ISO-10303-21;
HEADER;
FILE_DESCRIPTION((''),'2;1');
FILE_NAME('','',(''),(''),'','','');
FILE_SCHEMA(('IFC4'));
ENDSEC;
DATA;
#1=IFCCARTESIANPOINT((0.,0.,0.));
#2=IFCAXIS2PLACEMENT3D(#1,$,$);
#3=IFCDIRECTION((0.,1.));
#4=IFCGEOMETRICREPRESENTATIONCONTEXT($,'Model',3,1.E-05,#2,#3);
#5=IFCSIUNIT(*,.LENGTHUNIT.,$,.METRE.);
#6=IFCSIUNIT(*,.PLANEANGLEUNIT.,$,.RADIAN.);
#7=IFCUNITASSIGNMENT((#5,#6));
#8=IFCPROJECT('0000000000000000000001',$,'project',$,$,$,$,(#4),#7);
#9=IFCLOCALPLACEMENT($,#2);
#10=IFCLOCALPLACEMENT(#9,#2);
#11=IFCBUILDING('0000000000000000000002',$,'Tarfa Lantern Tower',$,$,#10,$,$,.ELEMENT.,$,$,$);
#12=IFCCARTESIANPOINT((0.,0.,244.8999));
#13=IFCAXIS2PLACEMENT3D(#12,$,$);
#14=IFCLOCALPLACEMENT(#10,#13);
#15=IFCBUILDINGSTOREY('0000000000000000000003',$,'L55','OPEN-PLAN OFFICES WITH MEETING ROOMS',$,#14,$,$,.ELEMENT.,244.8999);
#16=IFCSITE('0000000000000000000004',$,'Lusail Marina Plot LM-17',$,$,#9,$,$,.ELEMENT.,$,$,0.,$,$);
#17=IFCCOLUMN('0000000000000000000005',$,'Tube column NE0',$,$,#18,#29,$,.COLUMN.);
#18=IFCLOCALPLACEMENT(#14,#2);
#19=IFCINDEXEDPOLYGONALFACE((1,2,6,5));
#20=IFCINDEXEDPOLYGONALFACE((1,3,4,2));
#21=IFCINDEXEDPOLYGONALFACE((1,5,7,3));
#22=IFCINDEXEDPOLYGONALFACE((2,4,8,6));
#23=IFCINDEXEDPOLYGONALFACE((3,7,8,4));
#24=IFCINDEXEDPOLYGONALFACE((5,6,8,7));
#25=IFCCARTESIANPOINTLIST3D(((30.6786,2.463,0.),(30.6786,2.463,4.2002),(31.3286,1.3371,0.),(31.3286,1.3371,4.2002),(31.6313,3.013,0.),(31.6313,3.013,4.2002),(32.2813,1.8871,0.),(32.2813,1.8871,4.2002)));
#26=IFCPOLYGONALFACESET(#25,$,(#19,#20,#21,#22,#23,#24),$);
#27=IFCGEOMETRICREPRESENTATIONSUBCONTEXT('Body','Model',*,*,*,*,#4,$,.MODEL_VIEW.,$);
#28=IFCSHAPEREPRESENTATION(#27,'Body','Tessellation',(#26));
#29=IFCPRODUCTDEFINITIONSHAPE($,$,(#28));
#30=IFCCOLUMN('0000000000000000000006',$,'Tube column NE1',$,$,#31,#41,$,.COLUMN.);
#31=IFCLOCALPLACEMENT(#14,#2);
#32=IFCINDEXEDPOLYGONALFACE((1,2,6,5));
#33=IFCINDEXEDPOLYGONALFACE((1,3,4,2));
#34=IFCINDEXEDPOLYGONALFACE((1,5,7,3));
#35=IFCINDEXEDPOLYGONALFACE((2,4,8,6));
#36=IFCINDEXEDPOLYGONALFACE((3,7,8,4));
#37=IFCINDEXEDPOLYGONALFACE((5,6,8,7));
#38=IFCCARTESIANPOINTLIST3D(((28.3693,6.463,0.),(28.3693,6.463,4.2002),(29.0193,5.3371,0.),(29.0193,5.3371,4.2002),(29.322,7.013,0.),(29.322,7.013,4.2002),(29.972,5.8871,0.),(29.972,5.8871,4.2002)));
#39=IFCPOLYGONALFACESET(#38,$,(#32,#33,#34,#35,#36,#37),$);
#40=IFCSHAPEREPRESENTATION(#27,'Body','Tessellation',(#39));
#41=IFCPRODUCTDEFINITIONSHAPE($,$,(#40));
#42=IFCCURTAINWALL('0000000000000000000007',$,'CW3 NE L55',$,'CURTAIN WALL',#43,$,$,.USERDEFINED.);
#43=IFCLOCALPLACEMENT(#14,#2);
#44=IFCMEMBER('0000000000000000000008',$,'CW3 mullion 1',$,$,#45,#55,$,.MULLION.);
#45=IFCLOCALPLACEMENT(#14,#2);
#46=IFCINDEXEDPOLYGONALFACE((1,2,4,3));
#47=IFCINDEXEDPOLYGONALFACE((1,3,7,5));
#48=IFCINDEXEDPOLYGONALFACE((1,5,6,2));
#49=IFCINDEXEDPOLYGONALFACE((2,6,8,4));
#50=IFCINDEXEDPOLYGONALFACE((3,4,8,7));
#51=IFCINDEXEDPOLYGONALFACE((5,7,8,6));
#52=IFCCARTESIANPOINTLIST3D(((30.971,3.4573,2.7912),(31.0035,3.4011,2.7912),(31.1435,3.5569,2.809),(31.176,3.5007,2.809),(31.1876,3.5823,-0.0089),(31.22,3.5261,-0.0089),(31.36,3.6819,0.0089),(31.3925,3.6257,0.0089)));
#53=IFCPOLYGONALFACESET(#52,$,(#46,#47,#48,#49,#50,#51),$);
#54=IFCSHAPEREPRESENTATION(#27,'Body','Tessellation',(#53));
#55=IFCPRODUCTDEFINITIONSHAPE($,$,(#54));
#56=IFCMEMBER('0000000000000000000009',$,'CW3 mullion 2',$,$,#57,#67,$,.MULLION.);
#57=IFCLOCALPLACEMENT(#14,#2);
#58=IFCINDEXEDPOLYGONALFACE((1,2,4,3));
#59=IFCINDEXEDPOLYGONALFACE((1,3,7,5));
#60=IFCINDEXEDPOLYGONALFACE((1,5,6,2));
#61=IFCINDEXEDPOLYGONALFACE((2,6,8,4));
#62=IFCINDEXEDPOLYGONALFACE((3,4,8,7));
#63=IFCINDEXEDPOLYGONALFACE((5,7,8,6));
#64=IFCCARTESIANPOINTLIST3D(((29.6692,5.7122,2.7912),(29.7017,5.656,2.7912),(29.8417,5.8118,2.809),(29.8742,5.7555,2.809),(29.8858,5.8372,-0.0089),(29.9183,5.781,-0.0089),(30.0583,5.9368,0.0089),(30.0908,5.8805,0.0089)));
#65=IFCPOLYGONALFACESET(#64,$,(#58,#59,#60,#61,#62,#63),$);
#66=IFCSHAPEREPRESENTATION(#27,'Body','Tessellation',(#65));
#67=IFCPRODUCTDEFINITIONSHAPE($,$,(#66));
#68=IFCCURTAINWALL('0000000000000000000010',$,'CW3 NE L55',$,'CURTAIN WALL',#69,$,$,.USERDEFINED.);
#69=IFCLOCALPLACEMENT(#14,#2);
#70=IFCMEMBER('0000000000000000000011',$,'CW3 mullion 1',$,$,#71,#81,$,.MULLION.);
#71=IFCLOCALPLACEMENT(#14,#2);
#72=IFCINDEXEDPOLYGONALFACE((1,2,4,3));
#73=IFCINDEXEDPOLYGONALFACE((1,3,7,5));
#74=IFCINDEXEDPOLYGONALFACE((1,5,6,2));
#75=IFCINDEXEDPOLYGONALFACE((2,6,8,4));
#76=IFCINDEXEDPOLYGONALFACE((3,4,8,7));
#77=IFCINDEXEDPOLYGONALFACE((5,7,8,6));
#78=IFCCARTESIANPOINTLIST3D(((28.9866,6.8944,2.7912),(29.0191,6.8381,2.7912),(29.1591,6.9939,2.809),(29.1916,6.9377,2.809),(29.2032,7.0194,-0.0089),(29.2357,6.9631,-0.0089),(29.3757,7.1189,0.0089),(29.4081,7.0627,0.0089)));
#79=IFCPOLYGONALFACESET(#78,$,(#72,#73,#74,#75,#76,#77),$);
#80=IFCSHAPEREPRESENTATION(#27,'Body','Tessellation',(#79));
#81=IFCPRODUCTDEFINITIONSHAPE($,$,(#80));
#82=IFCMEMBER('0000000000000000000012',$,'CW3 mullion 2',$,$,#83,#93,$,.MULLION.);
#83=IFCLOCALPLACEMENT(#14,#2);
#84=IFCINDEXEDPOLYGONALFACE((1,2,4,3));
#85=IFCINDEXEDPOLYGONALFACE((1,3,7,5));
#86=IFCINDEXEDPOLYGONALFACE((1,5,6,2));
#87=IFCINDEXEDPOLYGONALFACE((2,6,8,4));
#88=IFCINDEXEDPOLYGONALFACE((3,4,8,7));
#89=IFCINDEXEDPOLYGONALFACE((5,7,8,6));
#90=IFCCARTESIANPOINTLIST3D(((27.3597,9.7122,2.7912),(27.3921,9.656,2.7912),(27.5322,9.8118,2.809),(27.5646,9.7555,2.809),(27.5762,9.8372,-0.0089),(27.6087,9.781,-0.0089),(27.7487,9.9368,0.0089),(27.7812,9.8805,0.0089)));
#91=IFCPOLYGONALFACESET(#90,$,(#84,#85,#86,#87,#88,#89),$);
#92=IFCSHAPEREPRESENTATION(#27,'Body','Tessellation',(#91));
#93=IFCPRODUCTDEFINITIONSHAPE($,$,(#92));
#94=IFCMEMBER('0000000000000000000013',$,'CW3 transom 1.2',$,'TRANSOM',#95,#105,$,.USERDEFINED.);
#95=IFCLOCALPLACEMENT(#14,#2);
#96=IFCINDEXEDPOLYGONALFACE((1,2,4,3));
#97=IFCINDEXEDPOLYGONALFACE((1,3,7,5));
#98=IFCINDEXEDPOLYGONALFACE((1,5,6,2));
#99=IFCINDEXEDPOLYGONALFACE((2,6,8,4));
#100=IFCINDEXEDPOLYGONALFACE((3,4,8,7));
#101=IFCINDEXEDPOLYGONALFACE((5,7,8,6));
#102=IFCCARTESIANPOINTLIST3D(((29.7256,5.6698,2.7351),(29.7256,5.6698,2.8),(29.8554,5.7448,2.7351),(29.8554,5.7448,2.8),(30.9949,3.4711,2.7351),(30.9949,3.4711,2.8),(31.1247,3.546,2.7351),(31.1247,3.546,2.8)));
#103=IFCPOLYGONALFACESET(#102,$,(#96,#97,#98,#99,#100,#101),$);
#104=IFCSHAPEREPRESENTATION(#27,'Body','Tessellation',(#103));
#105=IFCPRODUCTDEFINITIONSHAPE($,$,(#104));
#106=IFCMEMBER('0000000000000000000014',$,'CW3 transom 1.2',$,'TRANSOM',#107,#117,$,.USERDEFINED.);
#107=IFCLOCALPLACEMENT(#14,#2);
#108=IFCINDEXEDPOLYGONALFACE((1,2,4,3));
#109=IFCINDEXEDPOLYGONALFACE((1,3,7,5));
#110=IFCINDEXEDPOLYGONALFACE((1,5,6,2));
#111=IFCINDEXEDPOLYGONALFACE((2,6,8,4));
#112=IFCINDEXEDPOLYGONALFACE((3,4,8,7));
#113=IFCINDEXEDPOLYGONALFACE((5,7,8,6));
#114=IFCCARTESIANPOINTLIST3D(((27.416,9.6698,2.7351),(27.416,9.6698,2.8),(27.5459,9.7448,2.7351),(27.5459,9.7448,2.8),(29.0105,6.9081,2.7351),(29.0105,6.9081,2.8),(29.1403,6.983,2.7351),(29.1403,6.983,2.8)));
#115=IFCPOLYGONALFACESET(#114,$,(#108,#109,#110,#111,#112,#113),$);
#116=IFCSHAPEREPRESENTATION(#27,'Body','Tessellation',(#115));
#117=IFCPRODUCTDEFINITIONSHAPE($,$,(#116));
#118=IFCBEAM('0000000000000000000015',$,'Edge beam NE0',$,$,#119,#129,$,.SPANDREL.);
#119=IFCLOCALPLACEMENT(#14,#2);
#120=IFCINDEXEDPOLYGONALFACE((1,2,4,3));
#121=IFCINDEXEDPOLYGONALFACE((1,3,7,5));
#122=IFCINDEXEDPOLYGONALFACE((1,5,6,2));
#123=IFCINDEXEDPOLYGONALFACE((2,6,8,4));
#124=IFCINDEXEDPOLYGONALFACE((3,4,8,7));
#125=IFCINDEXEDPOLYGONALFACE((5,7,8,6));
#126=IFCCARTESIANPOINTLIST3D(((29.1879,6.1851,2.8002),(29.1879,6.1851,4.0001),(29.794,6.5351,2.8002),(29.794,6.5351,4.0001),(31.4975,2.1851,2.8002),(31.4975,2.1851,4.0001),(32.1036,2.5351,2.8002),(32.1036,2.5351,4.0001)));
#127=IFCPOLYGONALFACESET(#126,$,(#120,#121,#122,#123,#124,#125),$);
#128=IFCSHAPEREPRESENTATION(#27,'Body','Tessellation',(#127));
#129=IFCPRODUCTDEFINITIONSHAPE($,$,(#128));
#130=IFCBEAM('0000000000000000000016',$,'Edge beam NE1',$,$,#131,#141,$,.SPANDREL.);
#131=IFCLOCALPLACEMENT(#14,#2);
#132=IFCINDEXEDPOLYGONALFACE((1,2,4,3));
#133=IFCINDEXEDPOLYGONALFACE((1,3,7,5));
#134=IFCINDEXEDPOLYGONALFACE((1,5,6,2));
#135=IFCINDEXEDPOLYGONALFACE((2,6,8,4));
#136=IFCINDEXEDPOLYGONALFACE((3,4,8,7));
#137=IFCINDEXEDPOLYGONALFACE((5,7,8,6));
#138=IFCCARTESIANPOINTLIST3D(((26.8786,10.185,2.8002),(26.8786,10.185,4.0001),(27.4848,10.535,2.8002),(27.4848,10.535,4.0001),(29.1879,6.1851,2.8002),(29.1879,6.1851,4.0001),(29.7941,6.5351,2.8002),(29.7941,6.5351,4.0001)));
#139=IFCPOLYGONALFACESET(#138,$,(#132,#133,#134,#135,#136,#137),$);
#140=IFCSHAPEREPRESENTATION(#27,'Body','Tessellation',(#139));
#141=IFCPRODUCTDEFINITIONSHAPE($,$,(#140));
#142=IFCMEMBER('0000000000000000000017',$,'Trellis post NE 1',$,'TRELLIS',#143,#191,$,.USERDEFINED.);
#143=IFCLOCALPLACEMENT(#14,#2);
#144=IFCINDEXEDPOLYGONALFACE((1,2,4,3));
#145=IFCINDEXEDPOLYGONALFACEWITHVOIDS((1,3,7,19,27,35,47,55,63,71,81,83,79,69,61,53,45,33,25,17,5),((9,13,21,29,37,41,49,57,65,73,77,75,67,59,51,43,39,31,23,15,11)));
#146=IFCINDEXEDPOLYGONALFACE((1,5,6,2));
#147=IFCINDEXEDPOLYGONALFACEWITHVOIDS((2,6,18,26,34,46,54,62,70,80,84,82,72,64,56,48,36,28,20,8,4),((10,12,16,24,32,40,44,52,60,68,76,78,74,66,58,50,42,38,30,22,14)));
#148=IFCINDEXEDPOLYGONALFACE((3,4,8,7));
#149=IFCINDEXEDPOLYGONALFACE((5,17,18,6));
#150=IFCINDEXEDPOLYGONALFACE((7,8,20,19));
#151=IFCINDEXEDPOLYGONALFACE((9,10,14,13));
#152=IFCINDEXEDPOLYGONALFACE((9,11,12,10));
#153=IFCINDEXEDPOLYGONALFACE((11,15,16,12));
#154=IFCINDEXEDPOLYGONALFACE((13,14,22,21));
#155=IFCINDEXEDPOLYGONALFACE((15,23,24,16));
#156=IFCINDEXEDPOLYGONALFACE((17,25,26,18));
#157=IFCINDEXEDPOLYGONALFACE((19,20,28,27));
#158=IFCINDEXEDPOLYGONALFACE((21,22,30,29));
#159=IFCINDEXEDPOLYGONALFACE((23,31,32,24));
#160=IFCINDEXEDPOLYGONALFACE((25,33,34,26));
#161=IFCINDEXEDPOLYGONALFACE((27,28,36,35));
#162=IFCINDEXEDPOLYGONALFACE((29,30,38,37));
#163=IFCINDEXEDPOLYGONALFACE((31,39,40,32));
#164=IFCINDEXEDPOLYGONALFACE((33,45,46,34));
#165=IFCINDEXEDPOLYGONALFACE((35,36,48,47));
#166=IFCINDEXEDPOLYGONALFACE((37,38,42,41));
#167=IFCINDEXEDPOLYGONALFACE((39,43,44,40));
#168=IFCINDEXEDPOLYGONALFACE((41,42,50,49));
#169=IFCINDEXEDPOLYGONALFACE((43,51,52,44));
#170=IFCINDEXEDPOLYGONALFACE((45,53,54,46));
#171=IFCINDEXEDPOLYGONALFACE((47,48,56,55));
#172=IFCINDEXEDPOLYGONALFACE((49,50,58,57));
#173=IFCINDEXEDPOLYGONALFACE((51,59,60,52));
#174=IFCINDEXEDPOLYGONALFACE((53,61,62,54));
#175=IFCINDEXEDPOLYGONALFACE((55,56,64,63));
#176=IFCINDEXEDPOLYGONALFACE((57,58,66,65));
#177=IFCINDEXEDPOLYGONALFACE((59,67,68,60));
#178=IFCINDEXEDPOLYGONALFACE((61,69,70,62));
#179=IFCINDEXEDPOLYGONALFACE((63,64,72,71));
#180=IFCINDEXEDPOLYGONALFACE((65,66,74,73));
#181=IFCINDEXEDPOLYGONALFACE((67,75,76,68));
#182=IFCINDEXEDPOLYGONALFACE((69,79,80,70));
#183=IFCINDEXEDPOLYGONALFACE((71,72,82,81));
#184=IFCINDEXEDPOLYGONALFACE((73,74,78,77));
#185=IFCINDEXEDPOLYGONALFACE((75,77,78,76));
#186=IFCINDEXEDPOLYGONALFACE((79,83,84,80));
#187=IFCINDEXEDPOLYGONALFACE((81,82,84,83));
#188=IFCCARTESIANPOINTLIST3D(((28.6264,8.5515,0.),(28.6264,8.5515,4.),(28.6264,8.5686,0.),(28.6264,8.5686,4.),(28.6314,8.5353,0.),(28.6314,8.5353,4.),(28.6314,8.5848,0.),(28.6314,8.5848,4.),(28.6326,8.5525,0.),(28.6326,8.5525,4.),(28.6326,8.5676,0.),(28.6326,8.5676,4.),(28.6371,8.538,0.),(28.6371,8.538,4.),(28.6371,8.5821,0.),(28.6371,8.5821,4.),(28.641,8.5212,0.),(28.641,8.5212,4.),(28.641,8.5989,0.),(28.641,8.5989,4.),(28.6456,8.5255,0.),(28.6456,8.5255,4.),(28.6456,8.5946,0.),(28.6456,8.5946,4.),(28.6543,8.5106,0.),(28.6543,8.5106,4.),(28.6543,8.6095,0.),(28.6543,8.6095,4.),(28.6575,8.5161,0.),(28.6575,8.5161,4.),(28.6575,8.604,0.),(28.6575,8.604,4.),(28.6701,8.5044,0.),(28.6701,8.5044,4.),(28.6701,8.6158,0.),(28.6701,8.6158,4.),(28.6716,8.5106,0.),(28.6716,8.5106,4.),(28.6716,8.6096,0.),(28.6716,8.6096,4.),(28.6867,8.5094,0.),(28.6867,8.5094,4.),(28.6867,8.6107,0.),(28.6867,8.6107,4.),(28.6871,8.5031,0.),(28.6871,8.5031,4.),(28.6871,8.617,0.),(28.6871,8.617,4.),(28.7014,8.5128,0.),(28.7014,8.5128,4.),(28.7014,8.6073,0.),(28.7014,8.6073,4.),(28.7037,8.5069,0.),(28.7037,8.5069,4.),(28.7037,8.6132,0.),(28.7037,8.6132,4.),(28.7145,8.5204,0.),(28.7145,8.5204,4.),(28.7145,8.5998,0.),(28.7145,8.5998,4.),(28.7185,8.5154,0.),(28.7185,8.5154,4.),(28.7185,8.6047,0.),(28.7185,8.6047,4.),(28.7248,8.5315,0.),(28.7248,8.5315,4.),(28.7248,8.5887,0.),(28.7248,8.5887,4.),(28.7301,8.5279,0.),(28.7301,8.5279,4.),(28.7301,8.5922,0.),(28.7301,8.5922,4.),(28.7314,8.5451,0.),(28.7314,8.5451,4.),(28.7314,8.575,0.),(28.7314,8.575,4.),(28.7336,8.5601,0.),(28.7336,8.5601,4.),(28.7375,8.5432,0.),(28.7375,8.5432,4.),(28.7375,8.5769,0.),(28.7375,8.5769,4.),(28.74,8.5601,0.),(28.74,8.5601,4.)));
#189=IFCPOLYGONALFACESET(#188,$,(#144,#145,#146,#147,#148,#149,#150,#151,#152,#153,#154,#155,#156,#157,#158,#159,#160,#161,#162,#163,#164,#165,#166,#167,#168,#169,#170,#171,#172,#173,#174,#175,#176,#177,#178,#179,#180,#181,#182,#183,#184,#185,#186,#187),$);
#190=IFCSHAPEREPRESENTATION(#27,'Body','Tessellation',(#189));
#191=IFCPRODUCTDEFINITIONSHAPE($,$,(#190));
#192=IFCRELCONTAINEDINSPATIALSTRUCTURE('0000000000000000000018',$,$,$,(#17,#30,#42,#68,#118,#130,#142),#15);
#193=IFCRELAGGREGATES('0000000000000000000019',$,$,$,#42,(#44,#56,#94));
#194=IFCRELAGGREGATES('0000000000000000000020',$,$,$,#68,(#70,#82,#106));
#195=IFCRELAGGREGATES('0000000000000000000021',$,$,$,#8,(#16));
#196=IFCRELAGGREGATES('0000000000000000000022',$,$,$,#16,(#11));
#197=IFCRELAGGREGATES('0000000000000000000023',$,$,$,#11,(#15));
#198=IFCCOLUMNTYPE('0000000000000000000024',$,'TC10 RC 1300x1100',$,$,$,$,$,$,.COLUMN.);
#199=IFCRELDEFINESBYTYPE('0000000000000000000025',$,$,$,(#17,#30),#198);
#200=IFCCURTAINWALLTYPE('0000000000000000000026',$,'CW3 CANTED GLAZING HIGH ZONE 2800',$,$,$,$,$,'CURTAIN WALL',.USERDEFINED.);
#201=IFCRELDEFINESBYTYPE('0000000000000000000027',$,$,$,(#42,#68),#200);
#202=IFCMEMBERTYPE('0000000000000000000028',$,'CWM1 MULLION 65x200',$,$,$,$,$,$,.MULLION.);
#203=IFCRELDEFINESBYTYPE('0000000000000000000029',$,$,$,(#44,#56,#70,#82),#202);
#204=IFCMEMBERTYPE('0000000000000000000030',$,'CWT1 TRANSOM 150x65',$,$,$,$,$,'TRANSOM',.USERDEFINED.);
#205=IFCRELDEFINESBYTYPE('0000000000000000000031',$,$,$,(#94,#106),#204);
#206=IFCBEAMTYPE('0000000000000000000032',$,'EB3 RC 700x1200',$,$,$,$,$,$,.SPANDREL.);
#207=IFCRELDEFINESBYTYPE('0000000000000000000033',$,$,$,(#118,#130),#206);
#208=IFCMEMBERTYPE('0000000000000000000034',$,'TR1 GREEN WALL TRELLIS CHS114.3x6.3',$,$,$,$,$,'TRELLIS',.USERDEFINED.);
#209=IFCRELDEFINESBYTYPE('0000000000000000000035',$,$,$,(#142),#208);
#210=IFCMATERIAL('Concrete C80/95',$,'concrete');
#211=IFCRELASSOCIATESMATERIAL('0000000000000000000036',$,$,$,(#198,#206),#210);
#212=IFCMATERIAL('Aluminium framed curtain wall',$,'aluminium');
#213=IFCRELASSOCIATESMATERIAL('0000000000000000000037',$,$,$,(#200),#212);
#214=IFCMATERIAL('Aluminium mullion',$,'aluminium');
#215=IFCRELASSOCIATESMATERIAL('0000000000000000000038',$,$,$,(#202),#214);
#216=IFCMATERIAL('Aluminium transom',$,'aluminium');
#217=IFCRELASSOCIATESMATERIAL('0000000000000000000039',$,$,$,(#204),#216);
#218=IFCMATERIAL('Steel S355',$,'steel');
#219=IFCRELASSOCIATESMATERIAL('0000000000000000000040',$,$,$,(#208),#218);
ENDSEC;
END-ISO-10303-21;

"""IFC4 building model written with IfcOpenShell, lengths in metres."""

from ifc_helpers import new_model, si_unit, direction, frame, origin, origin_2d, place, context, subcontext, project, spatial, rectangle, hollow_circle, extrude, material, material_profile, profile_set, type_object, element, aggregate, save


model = new_model("IFC4")

# Units and contexts
model_context = context("Model", 3, precision=1e-05, world=origin(), true_north=direction((0.0, 1.0)))
body_context = subcontext(model_context, "Body", "Model", "MODEL_VIEW")
ifc_project = project(units=[si_unit("LENGTHUNIT", "METRE"), si_unit("PLANEANGLEUNIT", "RADIAN")], contexts=[model_context])

# Site, building, storey
site_placement = place(None, origin())
site = spatial("IfcSite", under=ifc_project, at=site_placement, Name="Lusail Marina Plot LM-17", CompositionType="ELEMENT", RefElevation=0.0)
building_placement = place(site_placement, origin())
building = spatial("IfcBuilding", under=site, at=building_placement, Name="Tarfa Lantern Tower", CompositionType="ELEMENT")
storey_placement = place(building_placement, frame((0.0, 0.0, 244.8999)))
storey = spatial("IfcBuildingStorey", under=building, at=storey_placement, Name="L55", Description="OPEN-PLAN OFFICES WITH MEETING ROOMS", CompositionType="ELEMENT", Elevation=244.8999)

# Columns
ifc_material_1 = material(Name="Concrete C80/95", Category="concrete")
ifc_material_profile_1 = material_profile(ifc_material_1, rectangle(XDim=1.3, YDim=1.1001, at=origin_2d()), Name="RC 1300x1100")
ifc_profile_set_1 = profile_set([ifc_material_profile_1], Name="Concrete C80/95")
column_type = type_object("IfcColumnType", Name="TC10 RC 1300x1100", PredefinedType="COLUMN", material=ifc_profile_set_1)
for number, where, z_axis, x_axis, name in (
    (1, (31.48, 2.175, 0.0), (0.0, 0.0, 1.0), (-0.5, 0.866025, 0.0), "Tube column NE0"),
    (2, (29.1707, 6.175, 0.0), (0.0, 0.0, 1.0), (-0.5, 0.866025, 0.0), "Tube column NE1"),
):
    element("IfcColumn", number, at=place(storey_placement, frame(where, z_axis=z_axis, x_axis=x_axis)), inside=storey, type_object=column_type, Name=name, PredefinedType="COLUMN", context=body_context, shape_type="SweptSolid", body=[
        extrude(rectangle(XDim=1.3, YDim=1.1001, at=origin_2d()), origin(), (0.0, 0.0, 1.0), 4.2002),
    ])

# Curtain walls, members
ifc_material_2 = material(Name="Aluminium framed curtain wall", Category="aluminium")
curtain_wall_type = type_object("IfcCurtainWallType", Name="CW3 CANTED GLAZING HIGH ZONE 2800", ElementType="CURTAIN WALL", PredefinedType="USERDEFINED", material=ifc_material_2)
curtain_wall_1_placement = place(storey_placement, origin())
curtain_wall_1 = element("IfcCurtainWall", 3, at=curtain_wall_1_placement, inside=storey, type_object=curtain_wall_type, Name="CW3 NE L55", ObjectType="CURTAIN WALL", PredefinedType="USERDEFINED")
ifc_material_3 = material(Name="Aluminium mullion", Category="aluminium")
ifc_material_profile_2 = material_profile(ifc_material_3, rectangle(XDim=0.0649, YDim=0.2, at=origin_2d()), Name="AL MULLION 65x200")
ifc_profile_set_2 = profile_set([ifc_material_profile_2], Name="Aluminium mullion")
member_type_1 = type_object("IfcMemberType", Name="CWM1 MULLION 65x200", PredefinedType="MULLION", material=ifc_profile_set_2)
member_1_placement = place(storey_placement, frame((31.29, 3.604, 0.0), z_axis=(-0.077032, -0.044465, 0.996037), x_axis=(0.49992, -0.866072, 0.0)))
member_1 = element("IfcMember", 4, at=member_1_placement, type_object=member_type_1, Name="CW3 mullion 1", PredefinedType="MULLION", context=body_context, shape_type="SweptSolid", body=[
    extrude(rectangle(XDim=0.0649, YDim=0.2, at=origin_2d()), origin(), (0.0, 0.0, 1.0), 2.8113),
])
member_2_placement = place(storey_placement, frame((29.9883, 5.8589, 0.0), z_axis=(-0.077032, -0.044465, 0.996037), x_axis=(0.49992, -0.866072, 0.0)))
member_2 = element("IfcMember", 5, at=member_2_placement, type_object=member_type_1, Name="CW3 mullion 2", PredefinedType="MULLION", context=body_context, shape_type="SweptSolid", body=[
    extrude(rectangle(XDim=0.0649, YDim=0.2, at=origin_2d()), origin(), (0.0, 0.0, 1.0), 2.8113),
])
curtain_wall_2_placement = place(storey_placement, origin())
curtain_wall_2 = element("IfcCurtainWall", 6, at=curtain_wall_2_placement, inside=storey, type_object=curtain_wall_type, Name="CW3 NE L55", ObjectType="CURTAIN WALL", PredefinedType="USERDEFINED")
member_3_placement = place(storey_placement, frame((29.3057, 7.041, 0.0), z_axis=(-0.077032, -0.044465, 0.996037), x_axis=(0.49992, -0.866072, 0.0)))
member_3 = element("IfcMember", 7, at=member_3_placement, type_object=member_type_1, Name="CW3 mullion 1", PredefinedType="MULLION", context=body_context, shape_type="SweptSolid", body=[
    extrude(rectangle(XDim=0.0649, YDim=0.2, at=origin_2d()), origin(), (0.0, 0.0, 1.0), 2.8113),
])
member_4_placement = place(storey_placement, frame((27.6787, 9.8589, 0.0), z_axis=(-0.077032, -0.044465, 0.996037), x_axis=(0.49992, -0.866072, 0.0)))
member_4 = element("IfcMember", 8, at=member_4_placement, type_object=member_type_1, Name="CW3 mullion 2", PredefinedType="MULLION", context=body_context, shape_type="SweptSolid", body=[
    extrude(rectangle(XDim=0.0649, YDim=0.2, at=origin_2d()), origin(), (0.0, 0.0, 1.0), 2.8113),
])

# Members
ifc_material_4 = material(Name="Aluminium transom", Category="aluminium")
ifc_material_profile_3 = material_profile(ifc_material_4, rectangle(XDim=0.1499, YDim=0.0649, at=origin_2d()), Name="AL TRANSOM 150x65")
ifc_profile_set_3 = profile_set([ifc_material_profile_3], Name="Aluminium transom")
member_type_2 = type_object("IfcMemberType", Name="CWT1 TRANSOM 150x65", ElementType="TRANSOM", PredefinedType="USERDEFINED", material=ifc_profile_set_3)
member_5_placement = place(storey_placement, frame((31.0598, 3.5085, 2.7676), z_axis=(-0.499956, 0.866051, 0.0), x_axis=(-0.866051, -0.499956, 0.0)))
member_5 = element("IfcMember", 9, at=member_5_placement, type_object=member_type_2, Name="CW3 transom 1.2", ObjectType="TRANSOM", PredefinedType="USERDEFINED", context=body_context, shape_type="SweptSolid", body=[
    extrude(rectangle(XDim=0.1499, YDim=0.0649, at=origin_2d()), origin(), (0.0, 0.0, 1.0), 2.5388),
])
member_6_placement = place(storey_placement, frame((29.0754, 6.9456, 2.7676), z_axis=(-0.500001, 0.866025, 0.0), x_axis=(-0.866025, -0.500001, 0.0)))
member_6 = element("IfcMember", 10, at=member_6_placement, type_object=member_type_2, Name="CW3 transom 1.2", ObjectType="TRANSOM", PredefinedType="USERDEFINED", context=body_context, shape_type="SweptSolid", body=[
    extrude(rectangle(XDim=0.1499, YDim=0.0649, at=origin_2d()), origin(), (0.0, 0.0, 1.0), 3.189),
])

# Beams
ifc_material_profile_4 = material_profile(ifc_material_1, rectangle(XDim=0.7, YDim=1.2, at=origin_2d()), Name="RC 700x1200")
ifc_profile_set_4 = profile_set([ifc_material_profile_4], Name="Concrete C80/95")
beam_type_1 = type_object("IfcBeamType", Name="EB3 RC 700x1200", PredefinedType="SPANDREL", material=ifc_profile_set_4)
beam_1_placement = place(storey_placement, frame((31.8005, 2.3601, 3.4001), z_axis=(-0.500027, 0.86601, 0.0), x_axis=(-0.86601, -0.500027, 0.0)))
element("IfcBeam", 11, at=beam_1_placement, inside=storey, type_object=beam_type_1, Name="Edge beam NE0", PredefinedType="SPANDREL", context=body_context, shape_type="SweptSolid", body=[
    extrude(rectangle(XDim=0.7, YDim=1.2, at=origin_2d()), origin(), (0.0, 0.0, 1.0), 4.6189),
])
beam_2_placement = place(storey_placement, frame((29.491, 6.3601, 3.4001), z_axis=(-0.499988, 0.866032, 0.0), x_axis=(-0.866032, -0.499988, 0.0)))
element("IfcBeam", 12, at=beam_2_placement, inside=storey, type_object=beam_type_1, Name="Edge beam NE1", PredefinedType="SPANDREL", context=body_context, shape_type="SweptSolid", body=[
    extrude(rectangle(XDim=0.7, YDim=1.2, at=origin_2d()), origin(), (0.0, 0.0, 1.0), 4.6187),
])

# Member
ifc_material_5 = material(Name="Steel S355", Category="steel")
ifc_material_profile_5 = material_profile(ifc_material_5, hollow_circle(Radius=0.0571, WallThickness=0.0063, at=origin_2d()), Name="CHS114.3x6.3")
ifc_profile_set_5 = profile_set([ifc_material_profile_5], Name="Steel S355")
member_type_3 = type_object("IfcMemberType", Name="TR1 GREEN WALL TRELLIS CHS114.3x6.3", ElementType="TRELLIS", PredefinedType="USERDEFINED", material=ifc_profile_set_5)
member_7_placement = place(storey_placement, frame((28.6829, 8.5601, 0.0), z_axis=(0.0, 0.0, 1.0), x_axis=(1.0, 0.0, 0.0)))
element("IfcMember", 13, at=member_7_placement, inside=storey, type_object=member_type_3, Name="Trellis post NE 1", ObjectType="TRELLIS", PredefinedType="USERDEFINED", context=body_context, shape_type="SweptSolid", body=[
    extrude(hollow_circle(Radius=0.0571, WallThickness=0.0063, at=origin_2d()), origin(), (0.0, 0.0, 1.0), 4.0),
])

aggregate(curtain_wall_1, [member_1, member_2, member_5])
aggregate(curtain_wall_2, [member_3, member_4, member_6])

save(model, "model.ifc")
